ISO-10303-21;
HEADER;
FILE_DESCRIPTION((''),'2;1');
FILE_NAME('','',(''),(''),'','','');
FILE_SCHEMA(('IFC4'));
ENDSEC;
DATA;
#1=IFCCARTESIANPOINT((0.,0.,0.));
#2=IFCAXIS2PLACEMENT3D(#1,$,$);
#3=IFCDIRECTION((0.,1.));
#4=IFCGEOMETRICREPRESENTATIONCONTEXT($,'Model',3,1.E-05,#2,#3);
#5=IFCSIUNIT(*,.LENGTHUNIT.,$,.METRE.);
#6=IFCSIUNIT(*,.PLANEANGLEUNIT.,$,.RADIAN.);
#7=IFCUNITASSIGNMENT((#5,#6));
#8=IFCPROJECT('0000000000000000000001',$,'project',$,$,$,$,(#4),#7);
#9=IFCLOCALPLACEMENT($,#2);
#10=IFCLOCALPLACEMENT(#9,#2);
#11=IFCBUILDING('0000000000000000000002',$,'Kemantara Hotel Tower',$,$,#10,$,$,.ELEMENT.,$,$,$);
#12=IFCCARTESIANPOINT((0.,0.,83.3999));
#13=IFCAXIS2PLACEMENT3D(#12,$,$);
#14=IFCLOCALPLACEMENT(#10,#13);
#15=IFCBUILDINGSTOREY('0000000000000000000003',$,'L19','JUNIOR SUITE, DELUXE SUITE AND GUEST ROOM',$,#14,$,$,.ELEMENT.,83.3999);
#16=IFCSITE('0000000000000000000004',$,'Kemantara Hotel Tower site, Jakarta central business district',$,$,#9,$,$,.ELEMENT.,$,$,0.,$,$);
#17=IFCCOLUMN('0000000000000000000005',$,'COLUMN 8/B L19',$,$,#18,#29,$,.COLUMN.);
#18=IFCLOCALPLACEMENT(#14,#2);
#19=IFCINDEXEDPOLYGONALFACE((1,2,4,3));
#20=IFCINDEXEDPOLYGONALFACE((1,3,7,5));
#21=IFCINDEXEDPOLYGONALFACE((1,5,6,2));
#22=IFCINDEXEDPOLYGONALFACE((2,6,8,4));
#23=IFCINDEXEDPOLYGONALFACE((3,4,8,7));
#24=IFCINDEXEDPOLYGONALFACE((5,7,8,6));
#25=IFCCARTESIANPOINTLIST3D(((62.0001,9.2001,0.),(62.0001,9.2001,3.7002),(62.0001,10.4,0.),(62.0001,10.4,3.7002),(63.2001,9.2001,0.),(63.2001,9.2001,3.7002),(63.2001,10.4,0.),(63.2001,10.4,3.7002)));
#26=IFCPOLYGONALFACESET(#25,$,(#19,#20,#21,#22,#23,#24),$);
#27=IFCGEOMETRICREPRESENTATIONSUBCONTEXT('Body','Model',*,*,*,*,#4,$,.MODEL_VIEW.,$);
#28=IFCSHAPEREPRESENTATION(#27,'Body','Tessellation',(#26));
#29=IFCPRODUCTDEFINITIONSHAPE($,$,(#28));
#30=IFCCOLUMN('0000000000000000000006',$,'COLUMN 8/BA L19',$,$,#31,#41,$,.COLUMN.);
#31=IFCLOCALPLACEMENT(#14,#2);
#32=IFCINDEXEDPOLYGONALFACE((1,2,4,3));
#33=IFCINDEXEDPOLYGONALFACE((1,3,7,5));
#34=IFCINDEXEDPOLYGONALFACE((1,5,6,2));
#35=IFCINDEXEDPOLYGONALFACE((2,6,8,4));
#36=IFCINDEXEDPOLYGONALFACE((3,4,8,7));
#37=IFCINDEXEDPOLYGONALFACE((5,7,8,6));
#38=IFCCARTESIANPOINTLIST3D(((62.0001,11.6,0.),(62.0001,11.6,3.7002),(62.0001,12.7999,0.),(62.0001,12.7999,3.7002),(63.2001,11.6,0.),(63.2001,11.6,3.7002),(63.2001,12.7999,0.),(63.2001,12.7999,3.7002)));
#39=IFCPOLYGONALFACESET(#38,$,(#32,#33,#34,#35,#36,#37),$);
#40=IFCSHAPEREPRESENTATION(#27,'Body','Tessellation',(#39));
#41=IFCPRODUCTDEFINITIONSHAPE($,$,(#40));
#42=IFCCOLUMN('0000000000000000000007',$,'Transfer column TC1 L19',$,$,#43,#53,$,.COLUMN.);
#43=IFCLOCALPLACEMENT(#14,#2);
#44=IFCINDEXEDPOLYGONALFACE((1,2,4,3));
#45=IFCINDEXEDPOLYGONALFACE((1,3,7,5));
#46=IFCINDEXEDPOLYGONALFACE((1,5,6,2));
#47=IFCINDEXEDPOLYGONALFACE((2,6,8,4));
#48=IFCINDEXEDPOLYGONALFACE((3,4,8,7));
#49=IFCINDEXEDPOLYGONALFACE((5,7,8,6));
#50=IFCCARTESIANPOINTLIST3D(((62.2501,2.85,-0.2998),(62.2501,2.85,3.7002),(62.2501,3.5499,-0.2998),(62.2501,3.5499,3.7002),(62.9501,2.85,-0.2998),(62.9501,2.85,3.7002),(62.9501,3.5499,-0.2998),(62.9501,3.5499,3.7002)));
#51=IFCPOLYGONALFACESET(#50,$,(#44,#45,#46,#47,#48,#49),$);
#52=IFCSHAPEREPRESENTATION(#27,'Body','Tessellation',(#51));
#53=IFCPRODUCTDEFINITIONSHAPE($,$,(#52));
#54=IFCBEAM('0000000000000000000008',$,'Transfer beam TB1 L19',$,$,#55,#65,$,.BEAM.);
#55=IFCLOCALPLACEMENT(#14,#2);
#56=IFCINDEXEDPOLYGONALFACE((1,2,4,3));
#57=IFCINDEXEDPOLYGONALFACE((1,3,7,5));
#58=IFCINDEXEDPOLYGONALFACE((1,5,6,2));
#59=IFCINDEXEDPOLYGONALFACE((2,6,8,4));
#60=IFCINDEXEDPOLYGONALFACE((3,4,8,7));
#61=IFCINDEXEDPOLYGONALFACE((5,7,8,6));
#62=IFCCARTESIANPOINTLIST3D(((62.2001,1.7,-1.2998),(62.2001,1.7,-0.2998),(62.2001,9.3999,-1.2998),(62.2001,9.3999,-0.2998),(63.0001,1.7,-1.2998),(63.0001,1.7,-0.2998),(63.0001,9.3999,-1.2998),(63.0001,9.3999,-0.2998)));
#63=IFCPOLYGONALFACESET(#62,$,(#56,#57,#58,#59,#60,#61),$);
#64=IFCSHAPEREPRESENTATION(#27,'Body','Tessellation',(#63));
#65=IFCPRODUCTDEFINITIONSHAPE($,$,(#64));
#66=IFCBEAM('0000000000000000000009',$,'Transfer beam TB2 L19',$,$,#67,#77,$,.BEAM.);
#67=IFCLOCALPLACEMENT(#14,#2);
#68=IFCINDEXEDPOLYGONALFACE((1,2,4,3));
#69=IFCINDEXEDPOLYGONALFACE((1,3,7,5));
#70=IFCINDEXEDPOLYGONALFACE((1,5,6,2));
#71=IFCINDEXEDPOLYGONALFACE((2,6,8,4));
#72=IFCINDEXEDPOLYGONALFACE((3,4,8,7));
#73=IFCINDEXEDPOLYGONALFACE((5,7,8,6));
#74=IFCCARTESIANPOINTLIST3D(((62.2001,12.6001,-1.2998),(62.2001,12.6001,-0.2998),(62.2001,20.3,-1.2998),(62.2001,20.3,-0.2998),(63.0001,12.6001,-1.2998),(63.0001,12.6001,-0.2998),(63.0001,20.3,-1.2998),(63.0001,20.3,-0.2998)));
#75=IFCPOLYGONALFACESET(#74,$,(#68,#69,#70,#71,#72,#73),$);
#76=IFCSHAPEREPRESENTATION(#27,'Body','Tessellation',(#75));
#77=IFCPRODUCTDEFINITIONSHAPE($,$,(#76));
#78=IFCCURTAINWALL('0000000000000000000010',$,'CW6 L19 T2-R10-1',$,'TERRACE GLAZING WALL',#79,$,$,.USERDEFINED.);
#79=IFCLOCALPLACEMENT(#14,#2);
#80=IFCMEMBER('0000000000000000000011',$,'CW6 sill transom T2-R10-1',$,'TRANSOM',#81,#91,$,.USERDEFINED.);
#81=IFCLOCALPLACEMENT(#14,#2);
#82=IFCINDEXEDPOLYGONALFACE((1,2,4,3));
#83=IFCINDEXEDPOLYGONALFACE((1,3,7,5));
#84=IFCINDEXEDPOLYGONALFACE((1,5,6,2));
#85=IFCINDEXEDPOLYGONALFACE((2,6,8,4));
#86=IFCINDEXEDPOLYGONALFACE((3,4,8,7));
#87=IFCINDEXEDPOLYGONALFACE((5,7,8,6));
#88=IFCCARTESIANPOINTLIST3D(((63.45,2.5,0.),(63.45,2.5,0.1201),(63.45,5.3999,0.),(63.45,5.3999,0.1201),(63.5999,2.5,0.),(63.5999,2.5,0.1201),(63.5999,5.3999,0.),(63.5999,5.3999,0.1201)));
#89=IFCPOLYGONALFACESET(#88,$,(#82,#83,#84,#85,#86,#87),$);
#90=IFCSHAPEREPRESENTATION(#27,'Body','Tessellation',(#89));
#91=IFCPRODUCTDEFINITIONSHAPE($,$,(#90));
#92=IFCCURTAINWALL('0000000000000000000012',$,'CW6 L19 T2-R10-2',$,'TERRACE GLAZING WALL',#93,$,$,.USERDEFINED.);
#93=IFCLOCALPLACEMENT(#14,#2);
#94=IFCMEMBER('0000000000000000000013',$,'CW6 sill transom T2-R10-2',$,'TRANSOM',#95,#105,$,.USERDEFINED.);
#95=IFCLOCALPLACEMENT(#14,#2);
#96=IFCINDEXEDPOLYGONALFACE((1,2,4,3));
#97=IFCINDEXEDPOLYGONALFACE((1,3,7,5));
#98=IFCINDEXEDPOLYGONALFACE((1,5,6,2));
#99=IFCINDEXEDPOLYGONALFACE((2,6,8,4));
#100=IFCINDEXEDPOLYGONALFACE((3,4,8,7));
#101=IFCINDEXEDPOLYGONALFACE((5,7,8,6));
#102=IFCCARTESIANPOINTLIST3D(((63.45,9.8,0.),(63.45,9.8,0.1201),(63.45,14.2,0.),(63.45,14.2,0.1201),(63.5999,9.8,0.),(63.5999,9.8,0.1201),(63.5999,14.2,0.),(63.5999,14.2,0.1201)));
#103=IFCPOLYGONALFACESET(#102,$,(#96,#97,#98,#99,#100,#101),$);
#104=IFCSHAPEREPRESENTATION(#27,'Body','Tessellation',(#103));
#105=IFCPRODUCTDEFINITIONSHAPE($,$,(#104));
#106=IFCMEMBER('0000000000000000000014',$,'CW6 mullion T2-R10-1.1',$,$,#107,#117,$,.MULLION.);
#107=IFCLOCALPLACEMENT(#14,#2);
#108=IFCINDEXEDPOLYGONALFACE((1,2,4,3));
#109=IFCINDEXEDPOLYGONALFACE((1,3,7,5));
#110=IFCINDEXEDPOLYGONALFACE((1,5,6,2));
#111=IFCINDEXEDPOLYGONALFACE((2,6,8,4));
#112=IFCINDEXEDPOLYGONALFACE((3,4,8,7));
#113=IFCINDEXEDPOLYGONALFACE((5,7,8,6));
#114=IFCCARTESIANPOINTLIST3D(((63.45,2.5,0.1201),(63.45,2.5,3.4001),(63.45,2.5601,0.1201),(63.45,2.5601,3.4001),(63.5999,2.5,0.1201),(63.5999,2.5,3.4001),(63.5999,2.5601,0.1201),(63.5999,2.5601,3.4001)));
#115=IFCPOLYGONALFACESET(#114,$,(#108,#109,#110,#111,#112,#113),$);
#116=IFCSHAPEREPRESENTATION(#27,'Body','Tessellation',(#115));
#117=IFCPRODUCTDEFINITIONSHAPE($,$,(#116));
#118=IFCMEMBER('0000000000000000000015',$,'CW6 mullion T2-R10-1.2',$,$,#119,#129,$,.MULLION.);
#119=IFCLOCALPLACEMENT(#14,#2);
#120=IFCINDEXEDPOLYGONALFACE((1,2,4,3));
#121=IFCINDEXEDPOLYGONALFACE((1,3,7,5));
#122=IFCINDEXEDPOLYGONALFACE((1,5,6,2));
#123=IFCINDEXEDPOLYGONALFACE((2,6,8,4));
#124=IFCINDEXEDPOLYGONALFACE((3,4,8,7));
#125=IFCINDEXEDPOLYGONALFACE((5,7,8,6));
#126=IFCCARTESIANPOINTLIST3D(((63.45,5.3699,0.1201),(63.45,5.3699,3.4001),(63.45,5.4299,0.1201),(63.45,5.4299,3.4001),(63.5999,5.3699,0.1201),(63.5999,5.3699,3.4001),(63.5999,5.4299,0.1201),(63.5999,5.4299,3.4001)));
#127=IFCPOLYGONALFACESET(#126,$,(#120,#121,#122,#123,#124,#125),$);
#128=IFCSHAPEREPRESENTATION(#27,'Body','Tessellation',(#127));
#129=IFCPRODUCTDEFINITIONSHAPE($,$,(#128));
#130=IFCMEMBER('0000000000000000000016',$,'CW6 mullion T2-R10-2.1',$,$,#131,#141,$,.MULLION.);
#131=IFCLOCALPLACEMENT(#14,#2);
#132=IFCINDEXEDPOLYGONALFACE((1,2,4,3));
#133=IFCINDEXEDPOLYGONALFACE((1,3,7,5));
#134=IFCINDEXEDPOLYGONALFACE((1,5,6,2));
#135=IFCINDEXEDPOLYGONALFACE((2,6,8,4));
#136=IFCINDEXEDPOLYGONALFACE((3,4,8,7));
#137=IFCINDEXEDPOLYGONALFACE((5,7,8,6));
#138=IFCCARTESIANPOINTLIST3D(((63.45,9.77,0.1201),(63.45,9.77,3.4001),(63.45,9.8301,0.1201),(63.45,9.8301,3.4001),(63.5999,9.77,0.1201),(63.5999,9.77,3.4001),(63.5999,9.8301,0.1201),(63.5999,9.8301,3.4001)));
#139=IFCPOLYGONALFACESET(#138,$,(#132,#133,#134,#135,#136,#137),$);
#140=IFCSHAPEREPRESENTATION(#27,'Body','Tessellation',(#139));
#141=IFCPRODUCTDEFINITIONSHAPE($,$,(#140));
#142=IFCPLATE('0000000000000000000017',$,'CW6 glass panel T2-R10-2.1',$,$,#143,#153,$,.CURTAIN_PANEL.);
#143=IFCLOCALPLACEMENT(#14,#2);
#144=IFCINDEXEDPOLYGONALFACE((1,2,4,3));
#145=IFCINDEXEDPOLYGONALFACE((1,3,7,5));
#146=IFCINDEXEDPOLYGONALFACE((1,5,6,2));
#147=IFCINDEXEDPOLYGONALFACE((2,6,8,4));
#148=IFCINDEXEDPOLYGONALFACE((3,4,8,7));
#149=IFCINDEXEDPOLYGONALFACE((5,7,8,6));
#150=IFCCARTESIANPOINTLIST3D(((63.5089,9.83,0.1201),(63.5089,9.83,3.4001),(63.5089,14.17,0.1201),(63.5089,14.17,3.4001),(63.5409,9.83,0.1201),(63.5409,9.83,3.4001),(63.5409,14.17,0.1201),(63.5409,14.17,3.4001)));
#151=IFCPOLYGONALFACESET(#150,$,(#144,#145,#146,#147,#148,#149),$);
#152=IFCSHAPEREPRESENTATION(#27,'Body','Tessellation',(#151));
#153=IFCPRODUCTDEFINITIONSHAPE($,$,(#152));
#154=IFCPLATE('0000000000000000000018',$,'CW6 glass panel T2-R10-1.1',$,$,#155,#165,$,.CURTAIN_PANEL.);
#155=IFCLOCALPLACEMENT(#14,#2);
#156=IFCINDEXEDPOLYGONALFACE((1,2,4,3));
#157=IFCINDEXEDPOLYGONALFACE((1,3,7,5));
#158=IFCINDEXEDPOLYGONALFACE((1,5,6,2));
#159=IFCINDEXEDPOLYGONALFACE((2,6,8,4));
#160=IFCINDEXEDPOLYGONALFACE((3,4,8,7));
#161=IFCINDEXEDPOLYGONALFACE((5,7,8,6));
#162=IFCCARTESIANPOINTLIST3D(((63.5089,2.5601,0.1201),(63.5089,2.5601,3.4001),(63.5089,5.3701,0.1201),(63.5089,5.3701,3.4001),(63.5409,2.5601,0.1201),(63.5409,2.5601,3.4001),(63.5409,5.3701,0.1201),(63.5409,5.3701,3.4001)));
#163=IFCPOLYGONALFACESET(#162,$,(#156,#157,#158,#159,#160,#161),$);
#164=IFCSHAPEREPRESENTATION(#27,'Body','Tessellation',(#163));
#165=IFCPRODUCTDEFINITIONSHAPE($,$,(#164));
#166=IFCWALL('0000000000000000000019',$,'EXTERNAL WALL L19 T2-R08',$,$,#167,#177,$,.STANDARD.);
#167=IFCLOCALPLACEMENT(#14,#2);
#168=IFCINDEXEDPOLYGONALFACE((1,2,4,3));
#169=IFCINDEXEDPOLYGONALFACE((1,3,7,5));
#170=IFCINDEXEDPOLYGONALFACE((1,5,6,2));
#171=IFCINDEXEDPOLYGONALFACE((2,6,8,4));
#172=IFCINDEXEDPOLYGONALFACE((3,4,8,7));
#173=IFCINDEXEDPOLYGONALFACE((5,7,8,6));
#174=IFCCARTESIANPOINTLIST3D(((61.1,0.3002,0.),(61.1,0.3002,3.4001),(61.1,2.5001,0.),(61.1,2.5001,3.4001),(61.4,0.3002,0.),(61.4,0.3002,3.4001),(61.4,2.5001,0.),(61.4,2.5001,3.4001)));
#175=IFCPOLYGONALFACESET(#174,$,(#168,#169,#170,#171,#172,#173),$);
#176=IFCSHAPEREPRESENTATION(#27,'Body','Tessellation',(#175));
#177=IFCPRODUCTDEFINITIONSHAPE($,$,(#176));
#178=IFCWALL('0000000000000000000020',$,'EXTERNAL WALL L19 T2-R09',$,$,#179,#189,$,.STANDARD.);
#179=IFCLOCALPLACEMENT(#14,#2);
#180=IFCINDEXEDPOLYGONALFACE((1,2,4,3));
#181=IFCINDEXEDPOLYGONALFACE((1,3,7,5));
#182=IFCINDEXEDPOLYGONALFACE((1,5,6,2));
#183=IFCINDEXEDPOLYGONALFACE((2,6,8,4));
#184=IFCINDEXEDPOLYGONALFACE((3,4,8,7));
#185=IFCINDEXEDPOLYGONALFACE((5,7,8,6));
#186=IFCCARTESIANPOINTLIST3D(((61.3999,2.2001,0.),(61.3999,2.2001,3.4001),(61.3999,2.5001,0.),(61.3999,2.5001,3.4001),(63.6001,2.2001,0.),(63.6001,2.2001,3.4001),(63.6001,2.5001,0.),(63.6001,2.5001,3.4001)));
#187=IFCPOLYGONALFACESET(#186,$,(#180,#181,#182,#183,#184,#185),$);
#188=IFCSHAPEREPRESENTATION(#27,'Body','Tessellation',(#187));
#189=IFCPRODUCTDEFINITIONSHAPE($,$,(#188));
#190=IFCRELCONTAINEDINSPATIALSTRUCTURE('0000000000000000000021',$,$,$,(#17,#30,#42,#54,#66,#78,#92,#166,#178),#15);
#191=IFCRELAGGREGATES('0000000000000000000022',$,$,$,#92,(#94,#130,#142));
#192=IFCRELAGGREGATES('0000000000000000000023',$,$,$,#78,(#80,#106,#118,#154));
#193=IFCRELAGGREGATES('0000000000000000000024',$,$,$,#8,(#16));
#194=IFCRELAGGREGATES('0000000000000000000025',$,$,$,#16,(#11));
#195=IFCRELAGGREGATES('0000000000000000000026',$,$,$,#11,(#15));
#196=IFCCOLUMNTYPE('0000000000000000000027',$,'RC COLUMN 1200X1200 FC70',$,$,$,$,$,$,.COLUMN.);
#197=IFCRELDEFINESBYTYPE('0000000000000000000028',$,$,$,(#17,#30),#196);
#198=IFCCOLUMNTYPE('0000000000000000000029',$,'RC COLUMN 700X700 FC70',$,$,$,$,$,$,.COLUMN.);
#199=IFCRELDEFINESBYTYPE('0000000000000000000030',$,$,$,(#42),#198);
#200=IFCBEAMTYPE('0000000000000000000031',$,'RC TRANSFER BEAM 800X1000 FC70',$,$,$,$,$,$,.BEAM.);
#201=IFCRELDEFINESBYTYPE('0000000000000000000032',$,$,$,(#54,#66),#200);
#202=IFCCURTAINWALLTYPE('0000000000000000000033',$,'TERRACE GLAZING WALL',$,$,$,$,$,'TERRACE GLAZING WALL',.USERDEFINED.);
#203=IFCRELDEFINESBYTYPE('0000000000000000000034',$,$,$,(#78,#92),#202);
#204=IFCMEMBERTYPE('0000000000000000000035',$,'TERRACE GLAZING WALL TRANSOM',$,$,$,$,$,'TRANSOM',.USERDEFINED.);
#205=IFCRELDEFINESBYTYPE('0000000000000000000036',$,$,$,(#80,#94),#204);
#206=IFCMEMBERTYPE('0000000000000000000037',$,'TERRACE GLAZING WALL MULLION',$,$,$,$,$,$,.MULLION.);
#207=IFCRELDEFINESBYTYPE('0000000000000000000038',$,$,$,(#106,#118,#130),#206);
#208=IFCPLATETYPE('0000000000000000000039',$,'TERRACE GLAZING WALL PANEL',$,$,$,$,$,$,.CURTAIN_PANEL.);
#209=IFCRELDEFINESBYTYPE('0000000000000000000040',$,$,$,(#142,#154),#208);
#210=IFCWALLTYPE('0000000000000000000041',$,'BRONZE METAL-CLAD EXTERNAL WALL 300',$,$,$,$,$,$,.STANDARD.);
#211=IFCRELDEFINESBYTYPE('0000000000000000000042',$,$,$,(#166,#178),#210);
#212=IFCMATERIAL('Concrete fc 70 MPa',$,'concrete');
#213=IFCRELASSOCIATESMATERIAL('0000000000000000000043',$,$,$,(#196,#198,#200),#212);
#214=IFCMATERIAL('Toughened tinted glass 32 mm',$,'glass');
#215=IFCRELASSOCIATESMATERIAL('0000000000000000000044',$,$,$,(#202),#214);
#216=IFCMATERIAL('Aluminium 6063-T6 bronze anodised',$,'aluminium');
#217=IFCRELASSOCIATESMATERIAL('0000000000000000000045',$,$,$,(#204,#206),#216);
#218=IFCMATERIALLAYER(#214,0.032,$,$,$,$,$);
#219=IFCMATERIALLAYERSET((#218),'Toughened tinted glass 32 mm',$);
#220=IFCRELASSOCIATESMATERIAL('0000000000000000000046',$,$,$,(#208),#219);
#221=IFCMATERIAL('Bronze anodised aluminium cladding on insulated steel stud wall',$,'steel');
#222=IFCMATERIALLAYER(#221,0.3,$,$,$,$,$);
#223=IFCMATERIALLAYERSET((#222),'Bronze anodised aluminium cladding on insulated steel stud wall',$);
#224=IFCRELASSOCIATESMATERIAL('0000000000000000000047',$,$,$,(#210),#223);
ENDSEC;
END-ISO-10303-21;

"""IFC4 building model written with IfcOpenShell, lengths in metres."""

from ifc_helpers import new_model, si_unit, direction, frame, frame_2d, origin, origin_2d, place, context, subcontext, project, spatial, rectangle, extrude, source, transform, mapped, material, layer, layer_set, material_profile, profile_set, type_object, element, aggregate, save


model = new_model("IFC4")

# Units and contexts
model_context = context("Model", 3, precision=1e-05, world=origin(), true_north=direction((0.0, 1.0)))
body_context = subcontext(model_context, "Body", "Model", "MODEL_VIEW")
ifc_project = project(units=[si_unit("LENGTHUNIT", "METRE"), si_unit("PLANEANGLEUNIT", "RADIAN")], contexts=[model_context])

# Site, building, storey
site_placement = place(None, origin())
site = spatial("IfcSite", under=ifc_project, at=site_placement, Name="Kemantara Hotel Tower site, Jakarta central business district", CompositionType="ELEMENT", RefElevation=0.0)
building_placement = place(site_placement, origin())
building = spatial("IfcBuilding", under=site, at=building_placement, Name="Kemantara Hotel Tower", CompositionType="ELEMENT")
storey_placement = place(building_placement, frame((0.0, 0.0, 83.3999)))
storey = spatial("IfcBuildingStorey", under=building, at=storey_placement, Name="L19", Description="JUNIOR SUITE, DELUXE SUITE AND GUEST ROOM", CompositionType="ELEMENT", Elevation=83.3999)

# Columns
ifc_material_1 = material(Name="Concrete fc 70 MPa", Category="concrete")
ifc_material_profile_1 = material_profile(ifc_material_1, rectangle(XDim=1.2, YDim=1.2, at=origin_2d()), Name="RC 1200X1200")
ifc_profile_set_1 = profile_set([ifc_material_profile_1], Name="Concrete fc 70 MPa")
column_type_1 = type_object("IfcColumnType", Name="RC COLUMN 1200X1200 FC70", PredefinedType="COLUMN", material=ifc_profile_set_1)
for number, where, z_axis, x_axis, name in (
    (1, (62.6001, 9.8, 0.0), (0.0, 0.0, 1.0), (1.0, 0.0, 0.0), "COLUMN 8/B L19"),
    (2, (62.6001, 12.2, 0.0), (0.0, 0.0, 1.0), (1.0, 0.0, 0.0), "COLUMN 8/BA L19"),
):
    element("IfcColumn", number, at=place(storey_placement, frame(where, z_axis=z_axis, x_axis=x_axis)), inside=storey, type_object=column_type_1, Name=name, PredefinedType="COLUMN", context=body_context, shape_type="SweptSolid", body=[
        extrude(rectangle(XDim=1.2, YDim=1.2, at=origin_2d()), origin(), (0.0, 0.0, 1.0), 3.7002),
    ])
ifc_material_profile_2 = material_profile(ifc_material_1, rectangle(XDim=0.7, YDim=0.7, at=origin_2d()), Name="RC 700X700")
ifc_profile_set_2 = profile_set([ifc_material_profile_2], Name="Concrete fc 70 MPa")
column_type_2 = type_object("IfcColumnType", Name="RC COLUMN 700X700 FC70", PredefinedType="COLUMN", material=ifc_profile_set_2)
column_placement = place(storey_placement, frame((62.6001, 3.2, -0.2998), z_axis=(0.0, 0.0, 1.0), x_axis=(1.0, 0.0, 0.0)))
element("IfcColumn", 3, at=column_placement, inside=storey, type_object=column_type_2, Name="Transfer column TC1 L19", PredefinedType="COLUMN", context=body_context, shape_type="SweptSolid", body=[
    extrude(rectangle(XDim=0.7, YDim=0.7, at=origin_2d()), origin(), (0.0, 0.0, 1.0), 4.0),
])

# Beams
ifc_material_profile_3 = material_profile(ifc_material_1, rectangle(XDim=0.8, YDim=1.0, at=origin_2d()), Name="RC 800X1000")
ifc_profile_set_3 = profile_set([ifc_material_profile_3], Name="Concrete fc 70 MPa")
beam_type = type_object("IfcBeamType", Name="RC TRANSFER BEAM 800X1000 FC70", PredefinedType="BEAM", material=ifc_profile_set_3)
for number, where, z_axis, x_axis, name in (
    (4, (62.6001, 1.7, -0.7998), (0.0, 1.0, 0.0), (-1.0, 0.0, 0.0), "Transfer beam TB1 L19"),
    (5, (62.6001, 12.6001, -0.7998), (0.0, 1.0, 0.0), (-1.0, 0.0, 0.0), "Transfer beam TB2 L19"),
):
    element("IfcBeam", number, at=place(storey_placement, frame(where, z_axis=z_axis, x_axis=x_axis)), inside=storey, type_object=beam_type, Name=name, PredefinedType="BEAM", context=body_context, shape_type="SweptSolid", body=[
        extrude(rectangle(XDim=0.8, YDim=1.0, at=origin_2d()), origin(), (0.0, 0.0, 1.0), 7.7),
    ])

# Curtain walls, members
ifc_material_2 = material(Name="Toughened tinted glass 32 mm", Category="glass")
curtain_wall_type = type_object("IfcCurtainWallType", Name="TERRACE GLAZING WALL", ElementType="TERRACE GLAZING WALL", PredefinedType="USERDEFINED", material=ifc_material_2)
curtain_wall_1_placement = place(storey_placement, origin())
curtain_wall_1 = element("IfcCurtainWall", 6, at=curtain_wall_1_placement, inside=storey, type_object=curtain_wall_type, Name="CW6 L19 T2-R10-1", ObjectType="TERRACE GLAZING WALL", PredefinedType="USERDEFINED")
ifc_material_3 = material(Name="Aluminium 6063-T6 bronze anodised", Category="aluminium")
ifc_material_profile_4 = material_profile(ifc_material_3, rectangle(XDim=0.1499, YDim=0.1201, at=origin_2d()), Name="TERRACE GLAZING WALL TRANSOM")
ifc_profile_set_4 = profile_set([ifc_material_profile_4], Name="Aluminium 6063-T6 bronze anodised")
member_type_1 = type_object("IfcMemberType", Name="TERRACE GLAZING WALL TRANSOM", ElementType="TRANSOM", PredefinedType="USERDEFINED", material=ifc_profile_set_4)
member_1_placement = place(storey_placement, frame((63.5249, 2.5, 0.0601), z_axis=(0.0, 1.0, 0.0), x_axis=(-1.0, 0.0, 0.0)))
member_1 = element("IfcMember", 7, at=member_1_placement, type_object=member_type_1, Name="CW6 sill transom T2-R10-1", ObjectType="TRANSOM", PredefinedType="USERDEFINED", context=body_context, shape_type="SweptSolid", body=[
    extrude(rectangle(XDim=0.1499, YDim=0.1201, at=origin_2d()), origin(), (0.0, 0.0, 1.0), 2.8999),
])
curtain_wall_2_placement = place(storey_placement, origin())
curtain_wall_2 = element("IfcCurtainWall", 8, at=curtain_wall_2_placement, inside=storey, type_object=curtain_wall_type, Name="CW6 L19 T2-R10-2", ObjectType="TERRACE GLAZING WALL", PredefinedType="USERDEFINED")
member_2_placement = place(storey_placement, frame((63.5249, 9.8, 0.0601), z_axis=(0.0, 1.0, 0.0), x_axis=(-1.0, 0.0, 0.0)))
member_2 = element("IfcMember", 9, at=member_2_placement, type_object=member_type_1, Name="CW6 sill transom T2-R10-2", ObjectType="TRANSOM", PredefinedType="USERDEFINED", context=body_context, shape_type="SweptSolid", body=[
    extrude(rectangle(XDim=0.1499, YDim=0.1201, at=origin_2d()), origin(), (0.0, 0.0, 1.0), 4.3999),
])

# Members
ifc_material_profile_5 = material_profile(ifc_material_3, rectangle(XDim=0.1499, YDim=0.0601, at=origin_2d()), Name="TERRACE GLAZING WALL MULLION")
ifc_profile_set_5 = profile_set([ifc_material_profile_5], Name="Aluminium 6063-T6 bronze anodised")
member_type_2 = type_object("IfcMemberType", Name="TERRACE GLAZING WALL MULLION", PredefinedType="MULLION", material=ifc_profile_set_5)
shared_shape_1 = source(origin(), body_context, "Body", "SweptSolid", [
    extrude(rectangle(XDim=0.1499, YDim=0.0601, at=origin_2d()), origin(), (0.0, 0.0, 1.0), 3.28),
])
member_3_placement = place(storey_placement, frame((63.5249, 2.53, 0.1201), z_axis=(0.0, 0.0, 1.0), x_axis=(-1.0, 0.0, 0.0)))
member_3 = element("IfcMember", 10, at=member_3_placement, type_object=member_type_2, Name="CW6 mullion T2-R10-1.1", PredefinedType="MULLION", context=body_context, shape_type="MappedRepresentation", body=[
    mapped(shared_shape_1, transform((0.0, 0.0, 0.0))),
])
member_4_placement = place(storey_placement, frame((63.5249, 5.3999, 0.1201), z_axis=(0.0, 0.0, 1.0), x_axis=(-1.0, 0.0, 0.0)))
member_4 = element("IfcMember", 11, at=member_4_placement, type_object=member_type_2, Name="CW6 mullion T2-R10-1.2", PredefinedType="MULLION", context=body_context, shape_type="MappedRepresentation", body=[
    mapped(shared_shape_1, transform((0.0, 0.0, 0.0))),
])
member_5_placement = place(storey_placement, frame((63.5249, 9.8, 0.1201), z_axis=(0.0, 0.0, 1.0), x_axis=(-1.0, 0.0, 0.0)))
member_5 = element("IfcMember", 12, at=member_5_placement, type_object=member_type_2, Name="CW6 mullion T2-R10-2.1", PredefinedType="MULLION", context=body_context, shape_type="MappedRepresentation", body=[
    mapped(shared_shape_1, transform((0.0, 0.0, 0.0))),
])

# Plates
ifc_layer_1 = layer(ifc_material_2, 0.032)
ifc_layer_set_1 = layer_set([ifc_layer_1], Name="Toughened tinted glass 32 mm")
plate_type = type_object("IfcPlateType", Name="TERRACE GLAZING WALL PANEL", PredefinedType="CURTAIN_PANEL", material=ifc_layer_set_1)
shared_shape_2 = source(origin(), body_context, "Body", "SweptSolid", [
    extrude(rectangle(XDim=4.3401, YDim=0.032, at=origin_2d()), origin(), (0.0, 0.0, 1.0), 3.28),
])
plate_1_placement = place(storey_placement, frame((63.5249, 12.0, 0.1201), z_axis=(0.0, 0.0, 1.0), x_axis=(0.0, 1.0, 0.0)))
plate_1 = element("IfcPlate", 13, at=plate_1_placement, type_object=plate_type, Name="CW6 glass panel T2-R10-2.1", PredefinedType="CURTAIN_PANEL", context=body_context, shape_type="MappedRepresentation", body=[
    mapped(shared_shape_2, transform((0.0, 0.0, 0.0))),
])
aggregate(curtain_wall_2, [member_2, member_5, plate_1])
shared_shape_3 = source(origin(), body_context, "Body", "SweptSolid", [
    extrude(rectangle(XDim=2.8101, YDim=0.032, at=origin_2d()), origin(), (0.0, 0.0, 1.0), 3.28),
])
plate_2_placement = place(storey_placement, frame((63.5249, 3.9651, 0.1201), z_axis=(0.0, 0.0, 1.0), x_axis=(0.0, 1.0, 0.0)))
plate_2 = element("IfcPlate", 14, at=plate_2_placement, type_object=plate_type, Name="CW6 glass panel T2-R10-1.1", PredefinedType="CURTAIN_PANEL", context=body_context, shape_type="MappedRepresentation", body=[
    mapped(shared_shape_3, transform((0.0, 0.0, 0.0))),
])
aggregate(curtain_wall_1, [member_1, member_3, member_4, plate_2])

# Walls
ifc_material_4 = material(Name="Bronze anodised aluminium cladding on insulated steel stud wall", Category="steel")
ifc_layer_2 = layer(ifc_material_4, 0.3)
ifc_layer_set_2 = layer_set([ifc_layer_2], Name="Bronze anodised aluminium cladding on insulated steel stud wall")
wall_type_1 = type_object("IfcWallType", Name="BRONZE METAL-CLAD EXTERNAL WALL 300", PredefinedType="STANDARD", material=ifc_layer_set_2)
wall_1_placement = place(storey_placement, frame((61.25, 0.3, 0.0), z_axis=(0.0, 0.0, 1.0), x_axis=(0.0, 1.0, 0.0)))
element("IfcWall", 15, at=wall_1_placement, inside=storey, type_object=wall_type_1, Name="EXTERNAL WALL L19 T2-R08", PredefinedType="STANDARD", context=body_context, shape_type="SweptSolid", body=[
    extrude(rectangle(XDim=2.2, YDim=0.3, at=frame_2d((1.1001, 0.0))), origin(), (0.0, 0.0, 1.0), 3.4001),
])
wall_2_placement = place(storey_placement, frame((61.3999, 2.3501, 0.0), z_axis=(0.0, 0.0, 1.0), x_axis=(1.0, 0.0, 0.0)))
element("IfcWall", 16, at=wall_2_placement, inside=storey, type_object=wall_type_1, Name="EXTERNAL WALL L19 T2-R09", PredefinedType="STANDARD", context=body_context, shape_type="SweptSolid", body=[
    extrude(rectangle(XDim=2.2002, YDim=0.3, at=frame_2d((1.1001, 0.0))), origin(), (0.0, 0.0, 1.0), 3.4001),
])

save(model, "model.ifc")
